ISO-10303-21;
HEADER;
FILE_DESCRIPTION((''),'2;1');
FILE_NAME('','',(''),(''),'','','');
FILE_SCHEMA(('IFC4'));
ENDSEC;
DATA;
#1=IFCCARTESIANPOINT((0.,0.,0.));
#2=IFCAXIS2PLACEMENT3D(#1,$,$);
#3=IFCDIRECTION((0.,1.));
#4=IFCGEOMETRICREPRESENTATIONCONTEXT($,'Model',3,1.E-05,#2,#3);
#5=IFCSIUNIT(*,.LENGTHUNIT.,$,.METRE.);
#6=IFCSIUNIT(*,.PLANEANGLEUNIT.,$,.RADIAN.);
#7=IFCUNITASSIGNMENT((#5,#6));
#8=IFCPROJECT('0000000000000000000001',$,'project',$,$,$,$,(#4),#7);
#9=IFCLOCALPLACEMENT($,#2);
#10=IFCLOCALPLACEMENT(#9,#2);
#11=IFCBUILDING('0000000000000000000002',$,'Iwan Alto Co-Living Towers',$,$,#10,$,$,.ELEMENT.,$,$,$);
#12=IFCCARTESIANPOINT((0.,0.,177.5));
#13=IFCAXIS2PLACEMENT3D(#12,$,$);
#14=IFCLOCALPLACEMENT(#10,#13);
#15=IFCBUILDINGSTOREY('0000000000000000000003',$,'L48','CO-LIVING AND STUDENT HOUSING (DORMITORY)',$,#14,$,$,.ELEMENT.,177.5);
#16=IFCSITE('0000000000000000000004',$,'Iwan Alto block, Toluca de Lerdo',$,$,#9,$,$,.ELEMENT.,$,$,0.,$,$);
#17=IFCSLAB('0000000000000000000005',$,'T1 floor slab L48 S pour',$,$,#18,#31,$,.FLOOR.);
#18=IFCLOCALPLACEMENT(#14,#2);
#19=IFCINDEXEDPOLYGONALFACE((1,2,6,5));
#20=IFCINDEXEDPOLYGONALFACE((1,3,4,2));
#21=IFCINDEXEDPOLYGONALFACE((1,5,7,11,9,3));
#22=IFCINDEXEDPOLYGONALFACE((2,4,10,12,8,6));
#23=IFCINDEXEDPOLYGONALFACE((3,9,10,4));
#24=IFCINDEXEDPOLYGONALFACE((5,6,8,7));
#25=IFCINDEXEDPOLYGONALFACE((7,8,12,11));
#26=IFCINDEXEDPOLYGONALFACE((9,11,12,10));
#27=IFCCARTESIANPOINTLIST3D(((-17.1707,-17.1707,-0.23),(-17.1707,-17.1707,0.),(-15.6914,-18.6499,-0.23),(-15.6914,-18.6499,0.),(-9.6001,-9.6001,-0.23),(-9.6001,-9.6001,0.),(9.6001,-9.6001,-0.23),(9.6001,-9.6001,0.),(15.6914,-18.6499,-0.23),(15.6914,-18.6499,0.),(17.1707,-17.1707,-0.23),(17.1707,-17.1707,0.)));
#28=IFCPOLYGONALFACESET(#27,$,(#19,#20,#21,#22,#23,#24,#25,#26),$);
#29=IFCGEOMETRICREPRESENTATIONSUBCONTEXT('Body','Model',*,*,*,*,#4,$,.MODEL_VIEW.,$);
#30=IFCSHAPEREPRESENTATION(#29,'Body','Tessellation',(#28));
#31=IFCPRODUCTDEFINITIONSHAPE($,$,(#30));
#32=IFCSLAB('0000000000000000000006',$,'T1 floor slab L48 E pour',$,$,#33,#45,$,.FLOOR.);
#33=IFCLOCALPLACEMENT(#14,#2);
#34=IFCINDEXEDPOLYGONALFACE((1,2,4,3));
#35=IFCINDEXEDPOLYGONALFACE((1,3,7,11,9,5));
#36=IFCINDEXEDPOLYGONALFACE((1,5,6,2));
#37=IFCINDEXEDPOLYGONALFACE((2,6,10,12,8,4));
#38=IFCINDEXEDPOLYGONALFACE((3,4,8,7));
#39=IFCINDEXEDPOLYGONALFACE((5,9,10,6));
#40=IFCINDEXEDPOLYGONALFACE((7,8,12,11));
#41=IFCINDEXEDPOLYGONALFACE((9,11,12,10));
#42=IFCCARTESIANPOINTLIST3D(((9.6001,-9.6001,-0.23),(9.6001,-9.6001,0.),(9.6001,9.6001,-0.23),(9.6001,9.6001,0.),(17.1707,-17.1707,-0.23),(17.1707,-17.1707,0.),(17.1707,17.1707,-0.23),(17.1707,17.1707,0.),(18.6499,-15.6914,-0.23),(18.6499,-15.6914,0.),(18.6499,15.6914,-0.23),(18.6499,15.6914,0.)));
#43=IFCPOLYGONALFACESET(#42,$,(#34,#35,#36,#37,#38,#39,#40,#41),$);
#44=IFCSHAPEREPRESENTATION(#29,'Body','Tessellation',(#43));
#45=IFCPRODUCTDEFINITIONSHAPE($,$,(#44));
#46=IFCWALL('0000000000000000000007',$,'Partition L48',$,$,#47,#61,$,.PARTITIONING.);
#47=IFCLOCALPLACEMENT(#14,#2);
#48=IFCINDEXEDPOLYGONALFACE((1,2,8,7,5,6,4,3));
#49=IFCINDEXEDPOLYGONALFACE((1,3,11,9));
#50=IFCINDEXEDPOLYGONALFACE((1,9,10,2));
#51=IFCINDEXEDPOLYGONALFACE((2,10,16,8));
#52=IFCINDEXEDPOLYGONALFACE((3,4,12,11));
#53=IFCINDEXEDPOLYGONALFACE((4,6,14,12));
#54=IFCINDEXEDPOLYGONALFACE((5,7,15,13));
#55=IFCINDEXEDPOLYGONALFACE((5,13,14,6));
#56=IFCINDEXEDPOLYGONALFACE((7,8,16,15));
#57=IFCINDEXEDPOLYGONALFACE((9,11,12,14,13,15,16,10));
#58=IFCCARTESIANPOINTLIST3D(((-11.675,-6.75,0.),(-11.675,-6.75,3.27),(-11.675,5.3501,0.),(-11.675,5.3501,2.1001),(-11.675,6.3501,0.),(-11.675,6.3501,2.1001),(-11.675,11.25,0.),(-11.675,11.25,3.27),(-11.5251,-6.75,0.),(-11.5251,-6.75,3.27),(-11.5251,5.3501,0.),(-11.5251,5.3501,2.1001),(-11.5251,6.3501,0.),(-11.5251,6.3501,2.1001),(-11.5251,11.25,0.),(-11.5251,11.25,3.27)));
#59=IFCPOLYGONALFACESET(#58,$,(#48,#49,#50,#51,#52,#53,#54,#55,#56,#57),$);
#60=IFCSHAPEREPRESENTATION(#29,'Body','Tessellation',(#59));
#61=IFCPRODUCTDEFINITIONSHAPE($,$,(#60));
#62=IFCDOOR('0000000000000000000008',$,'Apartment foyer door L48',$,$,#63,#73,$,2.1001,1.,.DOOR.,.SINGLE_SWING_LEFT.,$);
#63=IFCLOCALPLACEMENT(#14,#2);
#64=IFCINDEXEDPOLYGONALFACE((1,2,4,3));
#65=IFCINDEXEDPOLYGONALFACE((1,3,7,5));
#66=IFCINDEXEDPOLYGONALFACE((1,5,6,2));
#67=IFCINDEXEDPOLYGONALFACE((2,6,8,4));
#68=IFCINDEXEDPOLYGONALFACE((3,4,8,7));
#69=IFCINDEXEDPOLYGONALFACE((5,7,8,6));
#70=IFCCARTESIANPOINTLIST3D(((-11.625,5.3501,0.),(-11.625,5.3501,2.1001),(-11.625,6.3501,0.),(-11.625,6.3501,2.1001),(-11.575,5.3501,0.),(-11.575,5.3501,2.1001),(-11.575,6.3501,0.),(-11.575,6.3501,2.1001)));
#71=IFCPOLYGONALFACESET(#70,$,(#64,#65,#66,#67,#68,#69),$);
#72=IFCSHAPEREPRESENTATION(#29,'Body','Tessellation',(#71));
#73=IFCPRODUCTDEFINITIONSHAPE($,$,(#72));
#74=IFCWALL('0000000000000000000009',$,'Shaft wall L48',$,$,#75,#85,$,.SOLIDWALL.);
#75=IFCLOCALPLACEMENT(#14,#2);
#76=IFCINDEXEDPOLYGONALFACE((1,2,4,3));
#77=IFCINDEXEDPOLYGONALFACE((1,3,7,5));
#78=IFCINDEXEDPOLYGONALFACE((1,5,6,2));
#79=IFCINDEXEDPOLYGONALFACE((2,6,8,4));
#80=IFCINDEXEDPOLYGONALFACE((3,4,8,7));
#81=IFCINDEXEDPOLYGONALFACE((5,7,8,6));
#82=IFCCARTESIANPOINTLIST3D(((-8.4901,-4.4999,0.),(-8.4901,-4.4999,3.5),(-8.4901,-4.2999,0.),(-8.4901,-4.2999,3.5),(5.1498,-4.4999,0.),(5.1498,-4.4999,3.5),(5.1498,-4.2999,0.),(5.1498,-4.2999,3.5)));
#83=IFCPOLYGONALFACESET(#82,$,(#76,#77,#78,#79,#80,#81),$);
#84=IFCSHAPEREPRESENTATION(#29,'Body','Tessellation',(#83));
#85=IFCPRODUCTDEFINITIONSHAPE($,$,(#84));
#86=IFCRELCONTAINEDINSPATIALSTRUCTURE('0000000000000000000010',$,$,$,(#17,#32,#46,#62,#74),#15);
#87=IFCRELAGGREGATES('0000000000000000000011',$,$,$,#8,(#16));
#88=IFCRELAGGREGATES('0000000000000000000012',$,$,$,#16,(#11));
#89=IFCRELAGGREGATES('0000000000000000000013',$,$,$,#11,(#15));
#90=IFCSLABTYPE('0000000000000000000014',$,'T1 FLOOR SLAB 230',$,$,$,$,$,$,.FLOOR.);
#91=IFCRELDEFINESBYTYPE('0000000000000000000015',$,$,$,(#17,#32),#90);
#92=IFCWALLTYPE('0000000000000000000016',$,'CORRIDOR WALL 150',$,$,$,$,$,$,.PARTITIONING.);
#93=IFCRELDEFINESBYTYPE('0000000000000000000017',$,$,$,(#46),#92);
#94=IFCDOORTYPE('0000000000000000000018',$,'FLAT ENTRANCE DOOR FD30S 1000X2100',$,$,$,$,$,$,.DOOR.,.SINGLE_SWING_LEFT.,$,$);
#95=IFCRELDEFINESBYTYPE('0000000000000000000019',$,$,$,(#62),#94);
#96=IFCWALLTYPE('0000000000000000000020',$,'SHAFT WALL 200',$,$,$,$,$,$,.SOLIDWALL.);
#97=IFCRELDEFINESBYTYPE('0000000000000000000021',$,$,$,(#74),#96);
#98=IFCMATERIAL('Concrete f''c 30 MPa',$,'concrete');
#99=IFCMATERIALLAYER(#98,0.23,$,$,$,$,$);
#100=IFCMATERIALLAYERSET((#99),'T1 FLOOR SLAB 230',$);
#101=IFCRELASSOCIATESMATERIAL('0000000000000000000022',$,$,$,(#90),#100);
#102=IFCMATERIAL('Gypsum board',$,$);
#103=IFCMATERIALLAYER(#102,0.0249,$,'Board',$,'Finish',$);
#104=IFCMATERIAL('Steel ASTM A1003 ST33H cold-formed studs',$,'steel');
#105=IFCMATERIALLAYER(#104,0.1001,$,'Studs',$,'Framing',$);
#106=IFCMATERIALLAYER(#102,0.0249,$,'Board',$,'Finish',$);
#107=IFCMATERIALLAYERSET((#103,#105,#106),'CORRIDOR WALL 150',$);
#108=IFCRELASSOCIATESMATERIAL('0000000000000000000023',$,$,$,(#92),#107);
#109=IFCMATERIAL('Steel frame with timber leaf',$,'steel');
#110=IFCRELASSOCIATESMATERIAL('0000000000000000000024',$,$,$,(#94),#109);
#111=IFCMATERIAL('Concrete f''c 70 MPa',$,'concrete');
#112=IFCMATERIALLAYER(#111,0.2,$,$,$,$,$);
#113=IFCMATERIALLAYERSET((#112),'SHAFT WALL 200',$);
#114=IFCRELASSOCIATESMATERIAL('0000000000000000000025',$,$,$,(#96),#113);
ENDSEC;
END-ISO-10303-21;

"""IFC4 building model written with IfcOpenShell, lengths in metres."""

from ifc_helpers import new_model, si_unit, direction, frame, frame_2d, origin, place, context, subcontext, project, spatial, polyline, rectangle, outline, extrude, material, layer, layer_set, type_object, element, fill, save


model = new_model("IFC4")

# Units and contexts
model_context = context("Model", 3, precision=1e-05, world=origin(), true_north=direction((0.0, 1.0)))
body_context = subcontext(model_context, "Body", "Model", "MODEL_VIEW")
ifc_project = project(units=[si_unit("LENGTHUNIT", "METRE"), si_unit("PLANEANGLEUNIT", "RADIAN")], contexts=[model_context])

# Site, building, storey
site_placement = place(None, origin())
site = spatial("IfcSite", under=ifc_project, at=site_placement, Name="Iwan Alto block, Toluca de Lerdo", CompositionType="ELEMENT", RefElevation=0.0)
building_placement = place(site_placement, origin())
building = spatial("IfcBuilding", under=site, at=building_placement, Name="Iwan Alto Co-Living Towers", CompositionType="ELEMENT")
storey_placement = place(building_placement, frame((0.0, 0.0, 177.5)))
storey = spatial("IfcBuildingStorey", under=building, at=storey_placement, Name="L48", Description="CO-LIVING AND STUDENT HOUSING (DORMITORY)", CompositionType="ELEMENT", Elevation=177.5)

# Slabs
ifc_material_1 = material(Name="Concrete f'c 30 MPa", Category="concrete")
ifc_layer_1 = layer(ifc_material_1, 0.23)
ifc_layer_set_1 = layer_set([ifc_layer_1], Name="T1 FLOOR SLAB 230")
slab_type = type_object("IfcSlabType", Name="T1 FLOOR SLAB 230", PredefinedType="FLOOR", material=ifc_layer_set_1)
slab_1_placement = place(storey_placement, frame((0.0, 0.0, -0.23)))
element("IfcSlab", 1, at=slab_1_placement, inside=storey, type_object=slab_type, Name="T1 floor slab L48 S pour", PredefinedType="FLOOR", context=body_context, shape_type="SweptSolid", body=[
    extrude(outline(polyline([(15.6914, -18.6499), (-15.6914, -18.6499), (-17.1707, -17.1707), (-9.6001, -9.6001), (9.6001, -9.6001), (17.1707, -17.1707), (15.6914, -18.6499)])), origin(), (0.0, 0.0, 1.0), 0.23),
])
slab_2_placement = place(storey_placement, frame((0.0, 0.0, -0.23)))
element("IfcSlab", 2, at=slab_2_placement, inside=storey, type_object=slab_type, Name="T1 floor slab L48 E pour", PredefinedType="FLOOR", context=body_context, shape_type="SweptSolid", body=[
    extrude(outline(polyline([(18.6499, 15.6914), (18.6499, -15.6914), (17.1707, -17.1707), (9.6001, -9.6001), (9.6001, 9.6001), (17.1707, 17.1707), (18.6499, 15.6914)])), origin(), (0.0, 0.0, 1.0), 0.23),
])

# Wall, opening, door
ifc_material_2 = material(Name="Gypsum board")
ifc_layer_2 = layer(ifc_material_2, 0.0249, Name="Board", Category="Finish")
ifc_material_3 = material(Name="Steel ASTM A1003 ST33H cold-formed studs", Category="steel")
ifc_layer_3 = layer(ifc_material_3, 0.1001, Name="Studs", Category="Framing")
ifc_layer_4 = layer(ifc_material_2, 0.0249, Name="Board", Category="Finish")
ifc_layer_set_2 = layer_set([ifc_layer_2, ifc_layer_3, ifc_layer_4], Name="CORRIDOR WALL 150")
wall_type_1 = type_object("IfcWallType", Name="CORRIDOR WALL 150", PredefinedType="PARTITIONING", material=ifc_layer_set_2)
wall_1_placement = place(storey_placement, frame((-11.6001, -6.75, 0.0), z_axis=(0.0, 0.0, 1.0), x_axis=(0.0, 1.0, 0.0)))
wall_1 = element("IfcWall", 3, at=wall_1_placement, inside=storey, type_object=wall_type_1, Name="Partition L48", PredefinedType="PARTITIONING", context=body_context, shape_type="SweptSolid", body=[
    extrude(rectangle(XDim=18.0, YDim=0.1499, at=frame_2d((9.0, 0.0))), origin(), (0.0, 0.0, 1.0), 3.27),
])
opening_1_placement = place(wall_1_placement, frame((12.1001, 0.0, 0.0)))
opening_1 = element("IfcOpeningElement", 4, at=opening_1_placement, cuts=wall_1, PredefinedType="OPENING", context=body_context, shape_type="SweptSolid", body=[
    extrude(rectangle(XDim=1.0, YDim=2.1001, at=frame_2d((0.5, 1.05))), frame((0.0, 0.085, 0.0), z_axis=(0.0, -1.0, 0.0), x_axis=(1.0, 0.0, 0.0)), (0.0, 0.0, 1.0), 0.1699),
])
ifc_material_4 = material(Name="Steel frame with timber leaf", Category="steel")
door_type_1 = type_object("IfcDoorType", Name="FLAT ENTRANCE DOOR FD30S 1000X2100", OperationType="SINGLE_SWING_LEFT", PredefinedType="DOOR", material=ifc_material_4)
door_1_placement = place(opening_1_placement, origin())
door_1 = element("IfcDoor", 5, at=door_1_placement, inside=storey, type_object=door_type_1, Name="Apartment foyer door L48", OperationType="SINGLE_SWING_LEFT", OverallHeight=2.1001, OverallWidth=1.0, PredefinedType="DOOR", context=body_context, shape_type="SweptSolid", body=[
    extrude(rectangle(XDim=1.0, YDim=2.1001, at=frame_2d((0.5, 1.05))), frame((0.0, 0.0249, 0.0), z_axis=(0.0, -1.0, 0.0), x_axis=(1.0, 0.0, 0.0)), (0.0, 0.0, 1.0), 0.05),
])
fill(opening_1, door_1)

# Wall
ifc_material_5 = material(Name="Concrete f'c 70 MPa", Category="concrete")
ifc_layer_5 = layer(ifc_material_5, 0.2)
ifc_layer_set_3 = layer_set([ifc_layer_5], Name="SHAFT WALL 200")
wall_type_2 = type_object("IfcWallType", Name="SHAFT WALL 200", PredefinedType="SOLIDWALL", material=ifc_layer_set_3)
wall_2_placement = place(storey_placement, frame((-8.49, -4.3999, 0.0), z_axis=(0.0, 0.0, 1.0), x_axis=(1.0, 0.0, 0.0)))
element("IfcWall", 6, at=wall_2_placement, inside=storey, type_object=wall_type_2, Name="Shaft wall L48", PredefinedType="SOLIDWALL", context=body_context, shape_type="SweptSolid", body=[
    extrude(rectangle(XDim=13.6399, YDim=0.2, at=frame_2d((6.8198, 0.0))), origin(), (0.0, 0.0, 1.0), 3.5),
])

save(model, "model.ifc")
